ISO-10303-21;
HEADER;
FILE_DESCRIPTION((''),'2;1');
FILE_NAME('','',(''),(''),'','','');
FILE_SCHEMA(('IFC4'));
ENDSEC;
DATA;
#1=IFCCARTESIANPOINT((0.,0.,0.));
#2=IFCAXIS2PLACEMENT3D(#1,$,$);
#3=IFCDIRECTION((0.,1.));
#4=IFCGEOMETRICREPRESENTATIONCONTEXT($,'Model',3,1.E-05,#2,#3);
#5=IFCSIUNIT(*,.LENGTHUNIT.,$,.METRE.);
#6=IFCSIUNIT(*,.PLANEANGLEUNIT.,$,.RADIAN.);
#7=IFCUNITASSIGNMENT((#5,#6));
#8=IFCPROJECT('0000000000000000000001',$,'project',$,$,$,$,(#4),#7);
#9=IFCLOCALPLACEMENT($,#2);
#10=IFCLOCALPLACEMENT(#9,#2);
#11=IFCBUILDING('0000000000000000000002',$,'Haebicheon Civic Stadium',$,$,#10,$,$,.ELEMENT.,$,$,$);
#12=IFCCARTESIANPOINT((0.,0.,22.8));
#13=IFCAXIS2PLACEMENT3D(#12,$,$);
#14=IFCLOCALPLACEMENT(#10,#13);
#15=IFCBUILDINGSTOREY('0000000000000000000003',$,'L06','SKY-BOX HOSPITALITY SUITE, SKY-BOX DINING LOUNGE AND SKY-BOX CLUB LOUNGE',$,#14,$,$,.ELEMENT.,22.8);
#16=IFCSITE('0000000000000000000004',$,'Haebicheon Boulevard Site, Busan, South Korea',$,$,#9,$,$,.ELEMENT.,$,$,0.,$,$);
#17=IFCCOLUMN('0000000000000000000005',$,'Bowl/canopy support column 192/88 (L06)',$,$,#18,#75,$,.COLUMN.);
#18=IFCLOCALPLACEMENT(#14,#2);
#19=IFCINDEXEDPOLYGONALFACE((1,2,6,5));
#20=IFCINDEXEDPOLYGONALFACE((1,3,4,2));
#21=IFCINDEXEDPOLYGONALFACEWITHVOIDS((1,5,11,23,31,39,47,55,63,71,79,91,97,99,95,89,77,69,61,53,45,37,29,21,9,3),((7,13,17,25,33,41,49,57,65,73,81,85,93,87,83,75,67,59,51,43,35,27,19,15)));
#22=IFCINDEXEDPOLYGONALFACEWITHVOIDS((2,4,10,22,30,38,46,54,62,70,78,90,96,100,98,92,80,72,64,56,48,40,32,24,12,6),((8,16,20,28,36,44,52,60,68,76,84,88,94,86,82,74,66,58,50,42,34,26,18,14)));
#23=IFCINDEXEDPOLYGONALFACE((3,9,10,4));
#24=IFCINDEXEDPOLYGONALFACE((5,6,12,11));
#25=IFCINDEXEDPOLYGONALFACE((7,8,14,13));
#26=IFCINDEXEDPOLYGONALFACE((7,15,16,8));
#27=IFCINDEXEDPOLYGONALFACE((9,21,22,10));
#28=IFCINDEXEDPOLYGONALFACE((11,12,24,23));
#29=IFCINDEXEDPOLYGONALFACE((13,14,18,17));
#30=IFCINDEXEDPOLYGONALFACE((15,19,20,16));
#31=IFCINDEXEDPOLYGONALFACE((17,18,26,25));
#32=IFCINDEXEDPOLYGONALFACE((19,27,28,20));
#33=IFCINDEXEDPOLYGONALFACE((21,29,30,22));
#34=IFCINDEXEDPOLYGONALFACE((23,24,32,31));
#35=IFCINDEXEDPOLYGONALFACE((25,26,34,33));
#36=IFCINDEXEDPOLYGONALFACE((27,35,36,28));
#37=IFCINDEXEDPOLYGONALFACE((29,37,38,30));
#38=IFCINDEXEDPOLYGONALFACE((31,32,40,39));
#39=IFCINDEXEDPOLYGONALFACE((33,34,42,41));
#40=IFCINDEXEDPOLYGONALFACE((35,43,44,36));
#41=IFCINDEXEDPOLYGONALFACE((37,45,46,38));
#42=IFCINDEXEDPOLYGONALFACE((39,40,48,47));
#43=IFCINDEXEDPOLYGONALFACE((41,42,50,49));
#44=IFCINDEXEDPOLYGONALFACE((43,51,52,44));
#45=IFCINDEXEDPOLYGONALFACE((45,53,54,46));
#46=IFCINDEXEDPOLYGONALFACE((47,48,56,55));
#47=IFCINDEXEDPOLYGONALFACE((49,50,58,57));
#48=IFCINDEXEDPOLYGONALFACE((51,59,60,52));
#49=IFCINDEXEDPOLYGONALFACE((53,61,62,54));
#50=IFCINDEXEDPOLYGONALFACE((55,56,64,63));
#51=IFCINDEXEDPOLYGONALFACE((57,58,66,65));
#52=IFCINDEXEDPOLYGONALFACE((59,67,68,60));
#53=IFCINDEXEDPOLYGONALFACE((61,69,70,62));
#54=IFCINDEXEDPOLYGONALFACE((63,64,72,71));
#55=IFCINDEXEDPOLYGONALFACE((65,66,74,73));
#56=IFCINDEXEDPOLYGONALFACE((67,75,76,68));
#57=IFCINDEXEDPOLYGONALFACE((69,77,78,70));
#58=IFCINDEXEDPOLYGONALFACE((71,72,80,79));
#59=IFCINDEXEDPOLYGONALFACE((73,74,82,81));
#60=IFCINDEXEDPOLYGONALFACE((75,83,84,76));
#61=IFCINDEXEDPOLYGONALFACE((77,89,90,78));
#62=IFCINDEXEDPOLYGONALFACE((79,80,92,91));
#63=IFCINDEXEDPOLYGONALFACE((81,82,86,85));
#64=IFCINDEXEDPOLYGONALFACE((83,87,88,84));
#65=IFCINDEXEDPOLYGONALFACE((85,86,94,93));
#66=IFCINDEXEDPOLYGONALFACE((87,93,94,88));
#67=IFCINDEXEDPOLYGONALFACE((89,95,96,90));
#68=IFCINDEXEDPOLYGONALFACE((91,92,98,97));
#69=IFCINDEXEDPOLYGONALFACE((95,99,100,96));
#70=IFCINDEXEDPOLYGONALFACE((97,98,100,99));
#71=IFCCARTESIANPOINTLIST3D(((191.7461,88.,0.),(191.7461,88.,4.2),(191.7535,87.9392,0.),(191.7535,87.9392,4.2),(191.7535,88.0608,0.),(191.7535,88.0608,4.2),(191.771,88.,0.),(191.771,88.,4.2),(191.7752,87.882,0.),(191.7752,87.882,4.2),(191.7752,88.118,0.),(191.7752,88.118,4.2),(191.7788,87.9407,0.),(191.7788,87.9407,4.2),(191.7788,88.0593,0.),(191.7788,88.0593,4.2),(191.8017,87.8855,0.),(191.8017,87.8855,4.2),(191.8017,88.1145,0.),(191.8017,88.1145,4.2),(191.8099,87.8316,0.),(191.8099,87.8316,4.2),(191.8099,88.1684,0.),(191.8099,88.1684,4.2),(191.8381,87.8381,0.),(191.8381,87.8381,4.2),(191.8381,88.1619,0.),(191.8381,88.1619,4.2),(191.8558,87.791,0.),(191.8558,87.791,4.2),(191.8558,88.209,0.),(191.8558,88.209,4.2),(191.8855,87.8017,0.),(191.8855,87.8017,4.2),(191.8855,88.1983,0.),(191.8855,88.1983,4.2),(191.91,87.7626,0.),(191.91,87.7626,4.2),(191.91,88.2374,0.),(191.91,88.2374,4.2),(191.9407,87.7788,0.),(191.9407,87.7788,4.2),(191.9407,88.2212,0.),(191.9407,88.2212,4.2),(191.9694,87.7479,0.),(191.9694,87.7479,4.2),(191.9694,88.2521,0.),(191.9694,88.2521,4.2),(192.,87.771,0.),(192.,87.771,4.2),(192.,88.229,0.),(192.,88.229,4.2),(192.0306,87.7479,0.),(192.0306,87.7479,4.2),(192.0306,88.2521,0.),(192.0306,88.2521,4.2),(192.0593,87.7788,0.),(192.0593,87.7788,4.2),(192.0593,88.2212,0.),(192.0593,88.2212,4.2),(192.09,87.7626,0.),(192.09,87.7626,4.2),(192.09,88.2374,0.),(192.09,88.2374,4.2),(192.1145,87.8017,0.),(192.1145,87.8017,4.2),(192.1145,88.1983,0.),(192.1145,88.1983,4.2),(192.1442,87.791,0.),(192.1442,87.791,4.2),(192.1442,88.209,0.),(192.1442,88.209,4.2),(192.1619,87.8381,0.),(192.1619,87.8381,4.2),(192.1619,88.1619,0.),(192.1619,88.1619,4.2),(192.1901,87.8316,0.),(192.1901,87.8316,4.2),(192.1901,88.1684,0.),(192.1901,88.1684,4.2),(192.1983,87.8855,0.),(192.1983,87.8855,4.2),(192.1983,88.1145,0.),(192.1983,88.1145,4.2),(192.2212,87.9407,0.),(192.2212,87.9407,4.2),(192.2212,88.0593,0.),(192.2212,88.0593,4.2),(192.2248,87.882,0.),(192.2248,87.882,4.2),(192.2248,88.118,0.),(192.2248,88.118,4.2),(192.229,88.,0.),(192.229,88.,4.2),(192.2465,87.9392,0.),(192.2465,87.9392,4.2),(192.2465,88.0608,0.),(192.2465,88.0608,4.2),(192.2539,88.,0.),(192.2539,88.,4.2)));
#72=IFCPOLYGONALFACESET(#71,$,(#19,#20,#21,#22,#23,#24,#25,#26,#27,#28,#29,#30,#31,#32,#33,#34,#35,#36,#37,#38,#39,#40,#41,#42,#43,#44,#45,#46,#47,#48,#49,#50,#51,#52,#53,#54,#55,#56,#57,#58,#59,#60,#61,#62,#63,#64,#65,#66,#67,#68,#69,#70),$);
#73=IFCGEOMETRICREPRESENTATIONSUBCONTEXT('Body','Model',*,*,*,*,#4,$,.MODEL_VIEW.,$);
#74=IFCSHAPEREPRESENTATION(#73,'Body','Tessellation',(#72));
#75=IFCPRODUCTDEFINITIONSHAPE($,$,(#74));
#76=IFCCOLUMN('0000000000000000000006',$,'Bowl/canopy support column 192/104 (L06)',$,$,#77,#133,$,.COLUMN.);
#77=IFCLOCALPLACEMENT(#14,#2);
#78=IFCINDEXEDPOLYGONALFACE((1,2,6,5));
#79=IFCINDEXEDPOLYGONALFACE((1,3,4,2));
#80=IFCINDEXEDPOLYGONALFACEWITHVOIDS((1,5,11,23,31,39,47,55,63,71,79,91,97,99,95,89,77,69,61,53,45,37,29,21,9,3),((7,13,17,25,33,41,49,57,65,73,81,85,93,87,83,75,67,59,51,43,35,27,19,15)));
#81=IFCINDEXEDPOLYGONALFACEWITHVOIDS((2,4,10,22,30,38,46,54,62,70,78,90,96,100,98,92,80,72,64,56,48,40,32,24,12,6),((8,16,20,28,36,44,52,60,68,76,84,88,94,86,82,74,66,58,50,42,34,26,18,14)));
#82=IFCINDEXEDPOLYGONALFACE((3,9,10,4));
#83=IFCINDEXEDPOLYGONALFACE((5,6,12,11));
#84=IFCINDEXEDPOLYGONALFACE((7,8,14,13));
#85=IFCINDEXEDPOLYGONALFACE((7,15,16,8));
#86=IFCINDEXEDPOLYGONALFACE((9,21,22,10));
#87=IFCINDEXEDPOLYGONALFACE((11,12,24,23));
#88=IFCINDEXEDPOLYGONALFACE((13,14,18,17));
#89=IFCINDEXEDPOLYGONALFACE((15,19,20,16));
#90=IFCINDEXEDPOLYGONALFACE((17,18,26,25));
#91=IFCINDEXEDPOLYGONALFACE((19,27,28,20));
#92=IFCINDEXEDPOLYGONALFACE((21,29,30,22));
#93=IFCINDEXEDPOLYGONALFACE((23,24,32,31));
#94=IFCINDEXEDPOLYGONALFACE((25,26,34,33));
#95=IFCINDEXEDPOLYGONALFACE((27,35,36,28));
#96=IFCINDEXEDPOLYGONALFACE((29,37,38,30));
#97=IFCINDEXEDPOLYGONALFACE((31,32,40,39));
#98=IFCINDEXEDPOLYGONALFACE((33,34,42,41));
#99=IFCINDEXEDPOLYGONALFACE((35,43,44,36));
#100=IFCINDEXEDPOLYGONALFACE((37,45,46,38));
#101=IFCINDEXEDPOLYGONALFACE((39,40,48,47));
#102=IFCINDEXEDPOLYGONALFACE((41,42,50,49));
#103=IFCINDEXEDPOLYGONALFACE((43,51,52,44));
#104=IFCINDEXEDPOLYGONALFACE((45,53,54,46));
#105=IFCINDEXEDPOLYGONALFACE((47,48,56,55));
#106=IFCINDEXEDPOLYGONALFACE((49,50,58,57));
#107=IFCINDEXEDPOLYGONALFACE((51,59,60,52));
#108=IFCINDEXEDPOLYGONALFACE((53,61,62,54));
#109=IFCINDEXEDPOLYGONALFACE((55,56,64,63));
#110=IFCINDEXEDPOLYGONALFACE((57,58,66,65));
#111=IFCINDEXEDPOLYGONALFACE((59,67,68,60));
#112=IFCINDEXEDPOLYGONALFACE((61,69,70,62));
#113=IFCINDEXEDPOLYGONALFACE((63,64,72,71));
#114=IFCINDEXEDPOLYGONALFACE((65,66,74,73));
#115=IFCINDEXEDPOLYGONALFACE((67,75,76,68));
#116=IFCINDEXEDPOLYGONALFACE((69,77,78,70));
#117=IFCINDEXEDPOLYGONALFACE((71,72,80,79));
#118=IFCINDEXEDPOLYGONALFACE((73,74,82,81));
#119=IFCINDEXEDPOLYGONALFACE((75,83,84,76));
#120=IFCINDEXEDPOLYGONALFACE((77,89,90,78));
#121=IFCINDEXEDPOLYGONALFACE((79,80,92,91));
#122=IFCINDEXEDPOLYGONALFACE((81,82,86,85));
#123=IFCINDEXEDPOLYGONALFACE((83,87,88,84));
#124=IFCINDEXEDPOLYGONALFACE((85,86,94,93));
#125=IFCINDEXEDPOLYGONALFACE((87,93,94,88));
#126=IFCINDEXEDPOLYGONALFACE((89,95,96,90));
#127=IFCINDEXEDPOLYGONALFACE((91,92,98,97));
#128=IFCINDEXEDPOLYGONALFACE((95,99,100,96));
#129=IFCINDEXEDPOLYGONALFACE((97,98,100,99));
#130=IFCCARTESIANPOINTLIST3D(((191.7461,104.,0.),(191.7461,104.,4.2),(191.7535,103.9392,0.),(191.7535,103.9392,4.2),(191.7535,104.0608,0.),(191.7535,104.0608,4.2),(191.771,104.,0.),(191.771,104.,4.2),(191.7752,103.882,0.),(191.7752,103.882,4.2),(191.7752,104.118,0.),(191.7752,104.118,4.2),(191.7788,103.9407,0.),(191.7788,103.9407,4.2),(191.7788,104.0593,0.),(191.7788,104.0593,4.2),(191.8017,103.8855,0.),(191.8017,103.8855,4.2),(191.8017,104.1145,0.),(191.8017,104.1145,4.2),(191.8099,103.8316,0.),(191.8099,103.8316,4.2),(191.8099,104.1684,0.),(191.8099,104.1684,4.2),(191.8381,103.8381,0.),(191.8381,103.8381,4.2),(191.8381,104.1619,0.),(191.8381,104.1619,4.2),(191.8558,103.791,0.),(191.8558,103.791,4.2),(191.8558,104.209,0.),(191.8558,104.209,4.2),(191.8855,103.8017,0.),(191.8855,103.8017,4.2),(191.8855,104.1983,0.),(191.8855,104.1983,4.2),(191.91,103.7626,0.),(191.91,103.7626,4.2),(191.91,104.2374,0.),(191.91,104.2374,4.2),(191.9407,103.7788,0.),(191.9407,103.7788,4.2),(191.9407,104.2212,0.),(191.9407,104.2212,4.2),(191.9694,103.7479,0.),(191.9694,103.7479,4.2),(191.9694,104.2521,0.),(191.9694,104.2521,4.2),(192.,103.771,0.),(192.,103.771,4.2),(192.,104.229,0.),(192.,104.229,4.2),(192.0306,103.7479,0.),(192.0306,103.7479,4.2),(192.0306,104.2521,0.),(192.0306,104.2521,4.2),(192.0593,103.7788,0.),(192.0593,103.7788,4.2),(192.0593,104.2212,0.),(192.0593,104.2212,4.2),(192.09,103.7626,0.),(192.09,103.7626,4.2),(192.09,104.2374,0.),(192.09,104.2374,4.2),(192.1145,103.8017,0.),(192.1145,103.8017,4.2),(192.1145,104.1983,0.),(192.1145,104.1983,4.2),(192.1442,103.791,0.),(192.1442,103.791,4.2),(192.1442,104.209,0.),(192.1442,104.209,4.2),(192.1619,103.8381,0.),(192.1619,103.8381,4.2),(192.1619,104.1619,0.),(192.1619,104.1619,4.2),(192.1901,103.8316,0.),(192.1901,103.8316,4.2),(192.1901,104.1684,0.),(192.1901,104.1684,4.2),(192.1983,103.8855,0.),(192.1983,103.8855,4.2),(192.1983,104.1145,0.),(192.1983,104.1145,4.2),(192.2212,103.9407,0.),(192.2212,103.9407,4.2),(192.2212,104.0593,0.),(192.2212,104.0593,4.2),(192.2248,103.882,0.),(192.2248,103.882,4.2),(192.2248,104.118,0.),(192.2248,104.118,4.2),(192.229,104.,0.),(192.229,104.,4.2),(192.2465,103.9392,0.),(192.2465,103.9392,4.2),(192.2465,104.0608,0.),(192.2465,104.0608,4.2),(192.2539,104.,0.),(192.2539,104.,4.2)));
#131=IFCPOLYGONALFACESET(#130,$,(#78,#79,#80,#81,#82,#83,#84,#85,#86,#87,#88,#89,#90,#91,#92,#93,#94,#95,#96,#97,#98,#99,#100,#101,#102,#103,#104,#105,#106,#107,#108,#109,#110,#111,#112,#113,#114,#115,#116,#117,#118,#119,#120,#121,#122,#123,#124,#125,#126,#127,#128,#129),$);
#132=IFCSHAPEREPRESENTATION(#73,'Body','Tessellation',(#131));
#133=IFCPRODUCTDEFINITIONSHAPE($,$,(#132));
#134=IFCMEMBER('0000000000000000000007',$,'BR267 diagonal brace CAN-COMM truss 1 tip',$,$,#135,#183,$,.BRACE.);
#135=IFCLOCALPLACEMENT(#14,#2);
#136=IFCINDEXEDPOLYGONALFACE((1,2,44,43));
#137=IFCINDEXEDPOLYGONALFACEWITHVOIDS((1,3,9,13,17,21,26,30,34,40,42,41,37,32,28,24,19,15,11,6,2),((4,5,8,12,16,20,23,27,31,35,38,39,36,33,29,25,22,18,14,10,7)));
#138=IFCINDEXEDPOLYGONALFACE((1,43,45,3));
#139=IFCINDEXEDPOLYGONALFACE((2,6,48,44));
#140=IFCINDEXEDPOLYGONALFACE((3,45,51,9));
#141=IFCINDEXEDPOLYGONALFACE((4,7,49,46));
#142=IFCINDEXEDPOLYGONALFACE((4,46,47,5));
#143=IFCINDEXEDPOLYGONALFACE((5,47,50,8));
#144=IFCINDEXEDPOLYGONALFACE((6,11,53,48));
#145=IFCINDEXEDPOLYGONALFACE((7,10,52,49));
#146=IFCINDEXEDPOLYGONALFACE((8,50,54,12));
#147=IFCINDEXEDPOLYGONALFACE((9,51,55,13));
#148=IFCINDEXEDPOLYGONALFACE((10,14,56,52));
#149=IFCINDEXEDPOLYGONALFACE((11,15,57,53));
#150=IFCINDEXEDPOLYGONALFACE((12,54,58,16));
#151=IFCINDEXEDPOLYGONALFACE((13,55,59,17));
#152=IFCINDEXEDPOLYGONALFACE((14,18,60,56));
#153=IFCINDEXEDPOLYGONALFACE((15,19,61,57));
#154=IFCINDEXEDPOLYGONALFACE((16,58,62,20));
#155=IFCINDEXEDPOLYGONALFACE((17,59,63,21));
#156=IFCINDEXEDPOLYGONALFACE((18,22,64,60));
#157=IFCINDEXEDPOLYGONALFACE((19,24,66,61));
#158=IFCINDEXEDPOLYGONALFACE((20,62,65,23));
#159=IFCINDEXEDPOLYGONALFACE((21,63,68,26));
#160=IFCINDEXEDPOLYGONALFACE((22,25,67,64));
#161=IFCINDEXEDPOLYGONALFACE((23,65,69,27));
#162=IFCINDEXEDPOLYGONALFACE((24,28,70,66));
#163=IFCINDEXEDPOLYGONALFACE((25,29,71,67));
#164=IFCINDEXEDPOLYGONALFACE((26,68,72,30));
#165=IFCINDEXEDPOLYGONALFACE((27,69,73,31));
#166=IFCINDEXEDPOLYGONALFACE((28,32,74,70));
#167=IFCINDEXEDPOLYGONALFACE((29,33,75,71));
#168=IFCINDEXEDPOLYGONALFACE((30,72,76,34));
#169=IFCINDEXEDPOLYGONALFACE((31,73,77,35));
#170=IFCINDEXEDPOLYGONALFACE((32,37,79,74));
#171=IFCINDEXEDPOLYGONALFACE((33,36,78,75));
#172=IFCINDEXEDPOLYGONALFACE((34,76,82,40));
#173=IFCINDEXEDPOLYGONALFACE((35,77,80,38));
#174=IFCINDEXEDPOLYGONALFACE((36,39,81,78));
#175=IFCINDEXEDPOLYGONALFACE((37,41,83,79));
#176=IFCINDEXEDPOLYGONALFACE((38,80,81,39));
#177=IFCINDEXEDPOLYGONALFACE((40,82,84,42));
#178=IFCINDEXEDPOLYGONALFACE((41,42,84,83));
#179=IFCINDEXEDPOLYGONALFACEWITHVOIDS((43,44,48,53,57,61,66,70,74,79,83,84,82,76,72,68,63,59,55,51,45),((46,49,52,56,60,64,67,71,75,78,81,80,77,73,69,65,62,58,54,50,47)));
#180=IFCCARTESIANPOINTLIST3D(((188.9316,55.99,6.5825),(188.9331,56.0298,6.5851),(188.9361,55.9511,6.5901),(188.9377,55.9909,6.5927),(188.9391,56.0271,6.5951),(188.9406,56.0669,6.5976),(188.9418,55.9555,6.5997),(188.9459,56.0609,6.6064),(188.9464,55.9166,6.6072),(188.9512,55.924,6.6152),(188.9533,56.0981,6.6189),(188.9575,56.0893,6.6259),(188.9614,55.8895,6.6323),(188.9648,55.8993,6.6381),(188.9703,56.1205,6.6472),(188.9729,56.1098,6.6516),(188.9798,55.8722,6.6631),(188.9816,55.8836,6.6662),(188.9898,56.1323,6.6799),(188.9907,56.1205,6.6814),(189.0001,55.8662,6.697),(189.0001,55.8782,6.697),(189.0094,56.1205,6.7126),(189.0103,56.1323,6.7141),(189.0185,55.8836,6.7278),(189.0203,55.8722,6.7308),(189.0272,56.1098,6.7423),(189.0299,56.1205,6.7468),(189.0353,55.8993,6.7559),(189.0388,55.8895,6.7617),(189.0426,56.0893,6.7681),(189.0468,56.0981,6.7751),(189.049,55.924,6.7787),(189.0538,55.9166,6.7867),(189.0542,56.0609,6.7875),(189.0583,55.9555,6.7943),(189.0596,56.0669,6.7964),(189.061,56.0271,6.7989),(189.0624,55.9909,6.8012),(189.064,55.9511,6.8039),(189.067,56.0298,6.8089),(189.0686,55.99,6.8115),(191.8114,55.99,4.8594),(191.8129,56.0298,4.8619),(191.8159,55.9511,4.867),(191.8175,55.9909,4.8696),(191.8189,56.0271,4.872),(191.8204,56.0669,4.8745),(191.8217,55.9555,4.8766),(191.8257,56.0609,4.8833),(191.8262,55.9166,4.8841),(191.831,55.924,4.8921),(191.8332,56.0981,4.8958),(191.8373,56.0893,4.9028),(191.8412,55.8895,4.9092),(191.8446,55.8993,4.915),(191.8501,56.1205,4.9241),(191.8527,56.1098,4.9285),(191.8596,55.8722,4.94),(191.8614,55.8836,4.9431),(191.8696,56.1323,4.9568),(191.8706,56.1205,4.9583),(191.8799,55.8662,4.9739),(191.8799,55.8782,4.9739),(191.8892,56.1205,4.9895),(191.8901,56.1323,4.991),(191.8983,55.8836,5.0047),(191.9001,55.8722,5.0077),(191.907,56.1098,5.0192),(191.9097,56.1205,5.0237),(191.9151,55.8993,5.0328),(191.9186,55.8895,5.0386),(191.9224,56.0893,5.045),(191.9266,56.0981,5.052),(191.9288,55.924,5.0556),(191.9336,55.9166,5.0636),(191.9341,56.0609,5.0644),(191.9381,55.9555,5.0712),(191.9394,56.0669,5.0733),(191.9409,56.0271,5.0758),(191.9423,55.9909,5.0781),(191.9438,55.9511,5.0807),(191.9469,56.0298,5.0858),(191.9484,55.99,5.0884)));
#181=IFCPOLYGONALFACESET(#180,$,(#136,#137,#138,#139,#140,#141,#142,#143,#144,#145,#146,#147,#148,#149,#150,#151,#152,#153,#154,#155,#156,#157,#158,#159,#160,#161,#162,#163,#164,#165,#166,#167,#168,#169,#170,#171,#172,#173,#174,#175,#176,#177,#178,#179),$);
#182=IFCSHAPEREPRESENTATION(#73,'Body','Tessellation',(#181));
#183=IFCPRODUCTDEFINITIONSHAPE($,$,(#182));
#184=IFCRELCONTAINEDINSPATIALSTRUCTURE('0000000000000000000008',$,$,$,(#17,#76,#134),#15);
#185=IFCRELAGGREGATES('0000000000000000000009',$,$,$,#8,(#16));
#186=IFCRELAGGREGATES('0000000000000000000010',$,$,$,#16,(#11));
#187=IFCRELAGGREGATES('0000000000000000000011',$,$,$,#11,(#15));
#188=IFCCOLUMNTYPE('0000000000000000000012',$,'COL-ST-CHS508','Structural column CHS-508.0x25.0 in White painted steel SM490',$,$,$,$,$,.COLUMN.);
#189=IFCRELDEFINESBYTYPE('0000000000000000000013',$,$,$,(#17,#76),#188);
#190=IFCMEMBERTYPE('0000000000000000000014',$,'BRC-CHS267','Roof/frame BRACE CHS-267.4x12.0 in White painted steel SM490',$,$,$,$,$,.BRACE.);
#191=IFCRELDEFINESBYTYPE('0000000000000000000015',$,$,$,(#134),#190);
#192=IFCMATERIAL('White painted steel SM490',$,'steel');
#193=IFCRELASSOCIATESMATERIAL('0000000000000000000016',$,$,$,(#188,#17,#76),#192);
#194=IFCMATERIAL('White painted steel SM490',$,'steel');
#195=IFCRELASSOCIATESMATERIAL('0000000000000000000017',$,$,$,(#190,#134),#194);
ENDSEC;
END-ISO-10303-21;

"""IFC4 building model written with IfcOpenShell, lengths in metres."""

from ifc_helpers import new_model, si_unit, direction, frame, origin, origin_2d, place, context, subcontext, project, spatial, hollow_circle, extrude, material, material_profile, profile_set, type_object, element, save


model = new_model("IFC4")

# Units and contexts
model_context = context("Model", 3, precision=1e-05, world=origin(), true_north=direction((0.0, 1.0)))
body_context = subcontext(model_context, "Body", "Model", "MODEL_VIEW")
ifc_project = project(units=[si_unit("LENGTHUNIT", "METRE"), si_unit("PLANEANGLEUNIT", "RADIAN")], contexts=[model_context])

# Site, building, storey
site_placement = place(None, origin())
site = spatial("IfcSite", under=ifc_project, at=site_placement, Name="Haebicheon Boulevard Site, Busan, South Korea", CompositionType="ELEMENT", RefElevation=0.0)
building_placement = place(site_placement, origin())
building = spatial("IfcBuilding", under=site, at=building_placement, Name="Haebicheon Civic Stadium", CompositionType="ELEMENT")
storey_placement = place(building_placement, frame((0.0, 0.0, 22.8)))
storey = spatial("IfcBuildingStorey", under=building, at=storey_placement, Name="L06", Description="SKY-BOX HOSPITALITY SUITE, SKY-BOX DINING LOUNGE AND SKY-BOX CLUB LOUNGE", CompositionType="ELEMENT", Elevation=22.8)

# Columns
ifc_material_1 = material(Name="White painted steel SM490", Category="steel")
ifc_material_profile_1 = material_profile(ifc_material_1, hollow_circle(Radius=0.2539, WallThickness=0.0249, at=origin_2d()), Name="CHS-508.0x25.0")
ifc_profile_set_1 = profile_set([ifc_material_profile_1], Name="White painted steel SM490")
column_type = type_object("IfcColumnType", Name="COL-ST-CHS508", Description="Structural column CHS-508.0x25.0 in White painted steel SM490", PredefinedType="COLUMN", material=ifc_profile_set_1)
for number, where, z_axis, x_axis, name in (
    (1, (192.0, 88.0, 0.0), (0.0, 0.0, 1.0), (1.0, 0.0, 0.0), "Bowl/canopy support column 192/88 (L06)"),
    (2, (192.0, 104.0, 0.0), (0.0, 0.0, 1.0), (1.0, 0.0, 0.0), "Bowl/canopy support column 192/104 (L06)"),
):
    element("IfcColumn", number, at=place(storey_placement, frame(where, z_axis=z_axis, x_axis=x_axis)), inside=storey, type_object=column_type, material=ifc_profile_set_1, Name=name, PredefinedType="COLUMN", context=body_context, shape_type="SweptSolid", body=[
        extrude(hollow_circle(Radius=0.2539, WallThickness=0.0249, at=origin_2d()), origin(), (0.0, 0.0, 1.0), 4.2),
    ])

# Member
ifc_material_2 = material(Name="White painted steel SM490", Category="steel")
ifc_material_profile_2 = material_profile(ifc_material_2, hollow_circle(Radius=0.1338, WallThickness=0.012, at=origin_2d()), Name="CHS-267.4x12.0")
ifc_profile_set_2 = profile_set([ifc_material_profile_2], Name="White painted steel SM490")
member_type_1 = type_object("IfcMemberType", Name="BRC-CHS267", Description="Roof/frame BRACE CHS-267.4x12.0 in White painted steel SM490", PredefinedType="BRACE", material=ifc_profile_set_2)
member_1_placement = place(storey_placement, frame((191.8799, 56.0, 4.9739), z_axis=(-0.858121, 0.0, 0.513447), x_axis=(0.0, -1.0, 0.0)))
element("IfcMember", 3, at=member_1_placement, inside=storey, type_object=member_type_1, material=ifc_profile_set_2, Name="BR267 diagonal brace CAN-COMM truss 1 tip", PredefinedType="BRACE", context=body_context, shape_type="SweptSolid", body=[
    extrude(hollow_circle(Radius=0.1338, WallThickness=0.012, at=origin_2d()), origin(), (0.0, 0.0, 1.0), 3.356),
])

save(model, "model.ifc")
